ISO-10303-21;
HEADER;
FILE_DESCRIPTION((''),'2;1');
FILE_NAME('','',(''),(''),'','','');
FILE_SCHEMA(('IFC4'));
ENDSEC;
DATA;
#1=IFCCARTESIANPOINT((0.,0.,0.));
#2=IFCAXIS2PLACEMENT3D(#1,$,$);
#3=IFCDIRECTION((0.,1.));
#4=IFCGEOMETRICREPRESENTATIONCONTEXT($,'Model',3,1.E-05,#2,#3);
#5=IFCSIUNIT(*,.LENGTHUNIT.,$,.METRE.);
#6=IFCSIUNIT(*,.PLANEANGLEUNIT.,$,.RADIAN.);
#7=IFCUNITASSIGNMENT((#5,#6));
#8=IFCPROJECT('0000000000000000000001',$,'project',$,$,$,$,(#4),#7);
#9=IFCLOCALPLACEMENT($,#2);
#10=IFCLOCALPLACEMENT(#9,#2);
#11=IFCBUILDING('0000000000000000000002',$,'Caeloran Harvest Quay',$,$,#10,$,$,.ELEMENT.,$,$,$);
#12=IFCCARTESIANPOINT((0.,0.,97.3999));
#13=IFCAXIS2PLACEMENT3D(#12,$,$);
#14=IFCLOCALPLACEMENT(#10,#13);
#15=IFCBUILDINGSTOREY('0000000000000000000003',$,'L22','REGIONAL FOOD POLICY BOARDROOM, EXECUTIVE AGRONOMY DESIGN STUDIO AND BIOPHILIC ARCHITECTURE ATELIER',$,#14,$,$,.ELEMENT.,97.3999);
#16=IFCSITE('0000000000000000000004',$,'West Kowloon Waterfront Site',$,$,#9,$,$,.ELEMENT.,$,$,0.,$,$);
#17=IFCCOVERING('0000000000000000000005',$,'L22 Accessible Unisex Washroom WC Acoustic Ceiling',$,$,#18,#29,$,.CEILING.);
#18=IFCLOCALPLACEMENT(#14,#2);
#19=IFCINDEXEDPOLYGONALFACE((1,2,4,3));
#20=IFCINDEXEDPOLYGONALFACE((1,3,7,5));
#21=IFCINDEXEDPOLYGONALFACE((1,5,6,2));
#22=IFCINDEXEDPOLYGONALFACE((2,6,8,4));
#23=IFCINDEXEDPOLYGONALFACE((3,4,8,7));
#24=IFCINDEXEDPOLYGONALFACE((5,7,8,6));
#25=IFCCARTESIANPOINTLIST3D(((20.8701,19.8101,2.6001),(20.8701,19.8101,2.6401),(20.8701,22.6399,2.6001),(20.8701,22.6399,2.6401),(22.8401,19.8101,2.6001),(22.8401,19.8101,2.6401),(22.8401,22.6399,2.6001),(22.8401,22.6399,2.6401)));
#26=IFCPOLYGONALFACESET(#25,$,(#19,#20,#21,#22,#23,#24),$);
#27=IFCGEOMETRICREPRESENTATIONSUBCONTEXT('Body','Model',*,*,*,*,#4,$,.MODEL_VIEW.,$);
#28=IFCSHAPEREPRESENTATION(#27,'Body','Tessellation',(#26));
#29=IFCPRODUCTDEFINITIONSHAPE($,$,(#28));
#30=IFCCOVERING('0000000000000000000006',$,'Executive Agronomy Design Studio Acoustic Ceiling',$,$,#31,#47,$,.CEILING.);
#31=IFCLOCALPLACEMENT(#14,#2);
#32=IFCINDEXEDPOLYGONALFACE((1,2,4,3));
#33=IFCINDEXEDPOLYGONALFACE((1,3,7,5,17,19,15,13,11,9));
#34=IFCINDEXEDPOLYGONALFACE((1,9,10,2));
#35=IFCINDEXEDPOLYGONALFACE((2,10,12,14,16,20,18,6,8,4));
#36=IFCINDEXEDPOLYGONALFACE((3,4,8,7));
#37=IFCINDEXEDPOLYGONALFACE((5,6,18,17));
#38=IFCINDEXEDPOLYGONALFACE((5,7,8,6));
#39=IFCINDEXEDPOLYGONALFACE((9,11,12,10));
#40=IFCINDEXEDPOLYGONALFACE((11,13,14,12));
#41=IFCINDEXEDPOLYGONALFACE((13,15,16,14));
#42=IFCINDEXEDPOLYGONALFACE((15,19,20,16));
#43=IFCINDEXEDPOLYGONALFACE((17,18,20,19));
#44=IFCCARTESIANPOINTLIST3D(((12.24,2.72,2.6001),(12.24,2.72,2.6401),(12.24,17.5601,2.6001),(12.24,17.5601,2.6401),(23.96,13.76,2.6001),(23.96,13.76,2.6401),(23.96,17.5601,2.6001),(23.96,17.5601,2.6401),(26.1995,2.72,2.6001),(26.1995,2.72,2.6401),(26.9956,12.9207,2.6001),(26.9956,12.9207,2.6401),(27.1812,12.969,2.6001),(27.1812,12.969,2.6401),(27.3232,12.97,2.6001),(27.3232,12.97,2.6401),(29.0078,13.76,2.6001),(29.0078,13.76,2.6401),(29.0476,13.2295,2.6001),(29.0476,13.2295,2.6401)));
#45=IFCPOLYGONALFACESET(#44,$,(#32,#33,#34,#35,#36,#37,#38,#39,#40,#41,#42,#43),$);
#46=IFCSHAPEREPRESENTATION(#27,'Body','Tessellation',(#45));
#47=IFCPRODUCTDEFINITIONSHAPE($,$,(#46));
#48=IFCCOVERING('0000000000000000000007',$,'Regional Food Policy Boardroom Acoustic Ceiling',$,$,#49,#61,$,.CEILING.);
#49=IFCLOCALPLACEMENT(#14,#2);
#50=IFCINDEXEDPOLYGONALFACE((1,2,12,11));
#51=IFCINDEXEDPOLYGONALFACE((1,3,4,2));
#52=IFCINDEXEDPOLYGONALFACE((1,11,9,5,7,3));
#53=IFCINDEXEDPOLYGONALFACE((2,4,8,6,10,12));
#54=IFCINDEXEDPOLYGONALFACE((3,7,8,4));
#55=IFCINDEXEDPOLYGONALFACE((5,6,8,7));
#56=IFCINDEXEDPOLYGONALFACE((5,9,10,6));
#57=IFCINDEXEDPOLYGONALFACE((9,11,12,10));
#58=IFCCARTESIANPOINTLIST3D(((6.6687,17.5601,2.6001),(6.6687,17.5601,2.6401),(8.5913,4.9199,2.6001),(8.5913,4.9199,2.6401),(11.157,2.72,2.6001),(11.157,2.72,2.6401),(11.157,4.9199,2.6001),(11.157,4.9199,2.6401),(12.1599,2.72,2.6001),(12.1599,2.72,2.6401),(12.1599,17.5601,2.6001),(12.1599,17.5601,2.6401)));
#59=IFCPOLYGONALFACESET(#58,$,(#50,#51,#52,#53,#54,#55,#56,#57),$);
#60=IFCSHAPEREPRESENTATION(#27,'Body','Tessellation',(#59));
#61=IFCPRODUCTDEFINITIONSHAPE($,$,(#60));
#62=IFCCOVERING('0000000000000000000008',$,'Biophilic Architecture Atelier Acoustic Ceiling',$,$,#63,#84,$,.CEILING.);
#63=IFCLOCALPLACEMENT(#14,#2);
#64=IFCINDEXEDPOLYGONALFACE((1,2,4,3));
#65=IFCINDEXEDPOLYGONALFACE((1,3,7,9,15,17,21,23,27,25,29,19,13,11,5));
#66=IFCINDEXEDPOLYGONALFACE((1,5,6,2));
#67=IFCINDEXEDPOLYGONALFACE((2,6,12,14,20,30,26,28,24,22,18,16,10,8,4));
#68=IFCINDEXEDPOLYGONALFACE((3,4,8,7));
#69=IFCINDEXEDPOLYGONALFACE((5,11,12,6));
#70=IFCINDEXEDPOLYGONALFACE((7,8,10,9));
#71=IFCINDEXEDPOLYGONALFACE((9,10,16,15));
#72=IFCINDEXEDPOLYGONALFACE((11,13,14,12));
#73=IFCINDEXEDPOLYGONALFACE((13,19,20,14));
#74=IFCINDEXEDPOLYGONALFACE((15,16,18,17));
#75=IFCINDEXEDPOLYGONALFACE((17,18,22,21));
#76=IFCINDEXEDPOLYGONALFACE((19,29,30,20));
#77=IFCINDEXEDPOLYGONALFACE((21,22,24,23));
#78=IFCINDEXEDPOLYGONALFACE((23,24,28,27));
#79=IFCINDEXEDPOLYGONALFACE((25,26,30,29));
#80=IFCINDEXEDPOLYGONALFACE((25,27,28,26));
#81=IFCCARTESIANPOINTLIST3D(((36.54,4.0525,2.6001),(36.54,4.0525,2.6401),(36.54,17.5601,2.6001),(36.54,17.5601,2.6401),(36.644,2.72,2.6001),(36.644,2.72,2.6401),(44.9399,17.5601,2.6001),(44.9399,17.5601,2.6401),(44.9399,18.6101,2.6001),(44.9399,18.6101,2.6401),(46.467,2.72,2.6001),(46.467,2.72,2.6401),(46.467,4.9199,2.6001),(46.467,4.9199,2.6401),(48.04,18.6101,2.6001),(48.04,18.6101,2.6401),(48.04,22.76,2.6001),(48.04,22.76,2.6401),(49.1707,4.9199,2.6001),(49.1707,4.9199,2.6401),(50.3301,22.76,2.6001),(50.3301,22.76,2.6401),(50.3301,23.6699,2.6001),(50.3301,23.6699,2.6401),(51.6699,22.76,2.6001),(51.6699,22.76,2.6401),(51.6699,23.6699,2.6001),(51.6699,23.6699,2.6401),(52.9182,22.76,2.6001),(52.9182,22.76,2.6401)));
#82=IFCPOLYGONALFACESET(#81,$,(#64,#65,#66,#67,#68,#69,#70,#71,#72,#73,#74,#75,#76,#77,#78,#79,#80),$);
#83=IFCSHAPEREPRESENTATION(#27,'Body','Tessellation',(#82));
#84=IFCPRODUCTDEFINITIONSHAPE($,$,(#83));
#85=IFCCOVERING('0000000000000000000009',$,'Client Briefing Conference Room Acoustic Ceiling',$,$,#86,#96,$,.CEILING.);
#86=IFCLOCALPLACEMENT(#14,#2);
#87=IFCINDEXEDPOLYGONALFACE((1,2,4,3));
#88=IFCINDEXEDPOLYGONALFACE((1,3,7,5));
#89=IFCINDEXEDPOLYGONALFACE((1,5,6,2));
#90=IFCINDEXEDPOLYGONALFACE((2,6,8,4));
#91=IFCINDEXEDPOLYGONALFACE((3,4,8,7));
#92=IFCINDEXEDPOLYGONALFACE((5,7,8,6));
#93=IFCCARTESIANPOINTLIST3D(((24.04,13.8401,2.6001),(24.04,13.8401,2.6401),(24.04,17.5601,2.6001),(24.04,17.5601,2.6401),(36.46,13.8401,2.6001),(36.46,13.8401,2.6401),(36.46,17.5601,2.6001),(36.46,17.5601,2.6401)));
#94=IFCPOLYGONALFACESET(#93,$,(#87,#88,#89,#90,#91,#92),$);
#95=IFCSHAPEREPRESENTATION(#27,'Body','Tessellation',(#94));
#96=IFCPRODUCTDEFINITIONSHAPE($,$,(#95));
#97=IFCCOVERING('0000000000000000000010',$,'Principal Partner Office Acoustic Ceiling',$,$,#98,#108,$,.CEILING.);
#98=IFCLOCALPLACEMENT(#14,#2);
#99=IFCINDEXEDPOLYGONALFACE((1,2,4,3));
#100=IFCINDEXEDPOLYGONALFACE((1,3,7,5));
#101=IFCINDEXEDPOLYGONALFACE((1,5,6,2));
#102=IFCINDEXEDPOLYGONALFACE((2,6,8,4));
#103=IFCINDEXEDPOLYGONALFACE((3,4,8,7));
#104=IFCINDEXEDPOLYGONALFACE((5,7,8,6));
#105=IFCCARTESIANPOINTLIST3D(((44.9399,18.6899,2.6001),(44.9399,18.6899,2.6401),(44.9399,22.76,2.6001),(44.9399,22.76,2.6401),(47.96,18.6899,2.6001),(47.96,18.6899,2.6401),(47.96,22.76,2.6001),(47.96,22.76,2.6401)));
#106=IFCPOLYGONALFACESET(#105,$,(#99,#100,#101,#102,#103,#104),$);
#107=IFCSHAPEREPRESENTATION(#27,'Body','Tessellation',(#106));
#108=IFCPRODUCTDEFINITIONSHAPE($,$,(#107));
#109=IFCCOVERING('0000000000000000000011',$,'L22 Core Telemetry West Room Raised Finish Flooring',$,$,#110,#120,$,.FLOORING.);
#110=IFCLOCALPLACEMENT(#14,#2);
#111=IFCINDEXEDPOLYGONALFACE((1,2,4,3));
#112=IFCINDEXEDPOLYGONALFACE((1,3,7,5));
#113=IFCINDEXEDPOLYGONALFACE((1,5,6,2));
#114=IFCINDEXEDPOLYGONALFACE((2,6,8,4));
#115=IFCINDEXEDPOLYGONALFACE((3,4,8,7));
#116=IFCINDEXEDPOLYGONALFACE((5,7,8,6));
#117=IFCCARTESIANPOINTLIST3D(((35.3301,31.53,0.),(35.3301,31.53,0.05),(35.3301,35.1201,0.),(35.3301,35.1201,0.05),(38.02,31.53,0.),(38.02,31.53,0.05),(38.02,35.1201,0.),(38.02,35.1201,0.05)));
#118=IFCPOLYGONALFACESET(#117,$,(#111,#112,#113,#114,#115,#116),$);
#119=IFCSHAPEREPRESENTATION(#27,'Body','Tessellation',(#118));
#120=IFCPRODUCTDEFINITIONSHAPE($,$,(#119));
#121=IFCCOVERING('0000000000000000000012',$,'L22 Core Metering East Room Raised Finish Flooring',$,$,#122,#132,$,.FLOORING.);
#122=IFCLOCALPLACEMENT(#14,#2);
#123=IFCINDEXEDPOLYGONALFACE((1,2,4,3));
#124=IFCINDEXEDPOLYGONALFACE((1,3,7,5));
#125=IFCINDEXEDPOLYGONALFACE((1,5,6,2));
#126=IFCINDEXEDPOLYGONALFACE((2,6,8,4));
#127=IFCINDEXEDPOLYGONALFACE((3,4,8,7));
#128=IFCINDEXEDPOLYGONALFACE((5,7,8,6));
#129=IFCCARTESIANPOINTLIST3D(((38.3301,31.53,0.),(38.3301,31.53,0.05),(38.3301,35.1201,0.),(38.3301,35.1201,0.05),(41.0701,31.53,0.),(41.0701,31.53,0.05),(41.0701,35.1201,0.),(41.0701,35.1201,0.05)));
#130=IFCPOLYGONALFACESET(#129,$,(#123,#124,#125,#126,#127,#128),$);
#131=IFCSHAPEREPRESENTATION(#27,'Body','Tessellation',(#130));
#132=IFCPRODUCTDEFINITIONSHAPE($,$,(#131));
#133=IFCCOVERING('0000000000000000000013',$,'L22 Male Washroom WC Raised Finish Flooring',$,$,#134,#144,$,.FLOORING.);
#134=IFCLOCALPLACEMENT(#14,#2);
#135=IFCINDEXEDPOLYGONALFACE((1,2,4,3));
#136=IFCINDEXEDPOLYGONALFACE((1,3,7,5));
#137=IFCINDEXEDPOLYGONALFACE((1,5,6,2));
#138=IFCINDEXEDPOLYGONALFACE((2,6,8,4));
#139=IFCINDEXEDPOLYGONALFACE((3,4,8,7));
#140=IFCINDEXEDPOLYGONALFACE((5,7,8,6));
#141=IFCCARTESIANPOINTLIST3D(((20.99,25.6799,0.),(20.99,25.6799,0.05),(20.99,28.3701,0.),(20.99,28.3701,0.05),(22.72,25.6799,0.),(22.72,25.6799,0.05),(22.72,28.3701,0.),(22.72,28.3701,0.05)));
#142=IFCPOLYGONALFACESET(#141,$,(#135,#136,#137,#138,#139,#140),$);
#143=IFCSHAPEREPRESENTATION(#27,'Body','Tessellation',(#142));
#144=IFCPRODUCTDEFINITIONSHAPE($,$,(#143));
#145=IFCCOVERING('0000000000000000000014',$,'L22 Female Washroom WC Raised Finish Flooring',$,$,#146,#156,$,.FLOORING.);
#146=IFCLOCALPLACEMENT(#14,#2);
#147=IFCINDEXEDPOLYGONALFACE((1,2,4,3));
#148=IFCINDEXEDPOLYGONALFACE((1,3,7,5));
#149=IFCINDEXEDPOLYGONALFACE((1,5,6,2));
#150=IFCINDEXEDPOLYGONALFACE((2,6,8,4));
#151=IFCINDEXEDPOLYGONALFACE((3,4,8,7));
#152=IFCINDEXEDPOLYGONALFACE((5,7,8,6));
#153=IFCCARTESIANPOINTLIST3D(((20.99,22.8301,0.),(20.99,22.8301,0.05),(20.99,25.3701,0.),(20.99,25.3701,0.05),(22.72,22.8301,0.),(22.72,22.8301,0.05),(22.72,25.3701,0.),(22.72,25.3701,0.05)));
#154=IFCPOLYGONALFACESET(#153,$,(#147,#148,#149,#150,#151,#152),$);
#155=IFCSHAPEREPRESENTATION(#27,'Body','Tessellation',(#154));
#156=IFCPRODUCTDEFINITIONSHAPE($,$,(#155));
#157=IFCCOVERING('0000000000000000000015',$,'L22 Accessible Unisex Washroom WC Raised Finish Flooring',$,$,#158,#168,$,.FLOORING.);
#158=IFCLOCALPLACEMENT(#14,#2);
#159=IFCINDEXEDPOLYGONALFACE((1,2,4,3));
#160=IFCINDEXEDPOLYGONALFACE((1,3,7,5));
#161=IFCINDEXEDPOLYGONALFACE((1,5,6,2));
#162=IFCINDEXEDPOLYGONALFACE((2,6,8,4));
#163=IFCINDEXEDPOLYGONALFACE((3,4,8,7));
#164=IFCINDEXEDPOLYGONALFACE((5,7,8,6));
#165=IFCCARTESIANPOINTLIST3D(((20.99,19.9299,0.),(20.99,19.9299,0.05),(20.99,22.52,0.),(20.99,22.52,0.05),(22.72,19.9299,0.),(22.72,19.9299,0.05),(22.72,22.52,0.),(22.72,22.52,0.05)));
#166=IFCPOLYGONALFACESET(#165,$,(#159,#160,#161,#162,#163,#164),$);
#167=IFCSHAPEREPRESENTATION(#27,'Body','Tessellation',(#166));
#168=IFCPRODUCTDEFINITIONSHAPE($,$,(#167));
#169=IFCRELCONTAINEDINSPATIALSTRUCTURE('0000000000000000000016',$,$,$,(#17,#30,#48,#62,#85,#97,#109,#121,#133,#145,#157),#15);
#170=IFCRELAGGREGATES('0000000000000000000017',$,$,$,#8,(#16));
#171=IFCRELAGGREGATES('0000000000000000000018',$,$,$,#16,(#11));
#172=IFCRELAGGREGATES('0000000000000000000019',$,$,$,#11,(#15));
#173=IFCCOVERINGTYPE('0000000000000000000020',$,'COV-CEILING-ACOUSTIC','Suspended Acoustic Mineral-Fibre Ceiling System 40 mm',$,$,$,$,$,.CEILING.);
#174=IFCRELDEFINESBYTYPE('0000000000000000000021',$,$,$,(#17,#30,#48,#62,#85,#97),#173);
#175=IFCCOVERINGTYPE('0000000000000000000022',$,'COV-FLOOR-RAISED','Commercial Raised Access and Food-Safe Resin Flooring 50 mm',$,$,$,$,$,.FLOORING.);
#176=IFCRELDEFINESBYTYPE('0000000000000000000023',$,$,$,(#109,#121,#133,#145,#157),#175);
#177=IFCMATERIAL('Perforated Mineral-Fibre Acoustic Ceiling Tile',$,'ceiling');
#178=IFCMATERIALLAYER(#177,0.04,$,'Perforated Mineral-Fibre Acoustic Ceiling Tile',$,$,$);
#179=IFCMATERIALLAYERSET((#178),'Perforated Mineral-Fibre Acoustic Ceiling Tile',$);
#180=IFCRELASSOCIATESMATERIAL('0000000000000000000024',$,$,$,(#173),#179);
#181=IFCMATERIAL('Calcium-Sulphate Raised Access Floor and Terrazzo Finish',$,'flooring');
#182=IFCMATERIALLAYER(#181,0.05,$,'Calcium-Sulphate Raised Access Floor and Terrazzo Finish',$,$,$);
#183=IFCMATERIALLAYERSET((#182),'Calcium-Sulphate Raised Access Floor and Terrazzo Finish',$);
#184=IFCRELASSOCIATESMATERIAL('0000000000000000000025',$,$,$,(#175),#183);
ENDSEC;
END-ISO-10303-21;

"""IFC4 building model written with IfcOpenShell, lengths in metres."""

from ifc_helpers import new_model, si_unit, direction, frame, origin, place, context, subcontext, project, spatial, polyline, outline, extrude, material, layer, layer_set, type_object, element, save


model = new_model("IFC4")

# Units and contexts
model_context = context("Model", 3, precision=1e-05, world=origin(), true_north=direction((0.0, 1.0)))
body_context = subcontext(model_context, "Body", "Model", "MODEL_VIEW")
ifc_project = project(units=[si_unit("LENGTHUNIT", "METRE"), si_unit("PLANEANGLEUNIT", "RADIAN")], contexts=[model_context])

# Site, building, storey
site_placement = place(None, origin())
site = spatial("IfcSite", under=ifc_project, at=site_placement, Name="West Kowloon Waterfront Site", CompositionType="ELEMENT", RefElevation=0.0)
building_placement = place(site_placement, origin())
building = spatial("IfcBuilding", under=site, at=building_placement, Name="Caeloran Harvest Quay", CompositionType="ELEMENT")
storey_placement = place(building_placement, frame((0.0, 0.0, 97.3999)))
storey = spatial("IfcBuildingStorey", under=building, at=storey_placement, Name="L22", Description="REGIONAL FOOD POLICY BOARDROOM, EXECUTIVE AGRONOMY DESIGN STUDIO AND BIOPHILIC ARCHITECTURE ATELIER", CompositionType="ELEMENT", Elevation=97.3999)

# Coverings
ifc_material_1 = material(Name="Perforated Mineral-Fibre Acoustic Ceiling Tile", Category="ceiling")
ifc_layer_1 = layer(ifc_material_1, 0.04, Name="Perforated Mineral-Fibre Acoustic Ceiling Tile")
ifc_layer_set_1 = layer_set([ifc_layer_1], Name="Perforated Mineral-Fibre Acoustic Ceiling Tile")
covering_type_1 = type_object("IfcCoveringType", Name="COV-CEILING-ACOUSTIC", Description="Suspended Acoustic Mineral-Fibre Ceiling System 40 mm", PredefinedType="CEILING", material=ifc_layer_set_1)
covering_1_placement = place(storey_placement, frame((0.0, 0.0, 2.6001)))
element("IfcCovering", 1, at=covering_1_placement, inside=storey, type_object=covering_type_1, Name="L22 Accessible Unisex Washroom WC Acoustic Ceiling", PredefinedType="CEILING", context=body_context, shape_type="SweptSolid", body=[
    extrude(outline(polyline([(22.8401, 19.8101), (20.8701, 19.8101), (20.8701, 22.6399), (22.8401, 22.6399), (22.8401, 19.8101)])), origin(), (0.0, 0.0, 1.0), 0.04),
])
covering_2_placement = place(storey_placement, frame((0.0, 0.0, 2.6001)))
element("IfcCovering", 2, at=covering_2_placement, inside=storey, type_object=covering_type_1, Name="Executive Agronomy Design Studio Acoustic Ceiling", PredefinedType="CEILING", context=body_context, shape_type="SweptSolid", body=[
    extrude(outline(polyline([(29.0078, 13.76), (29.0476, 13.2295), (27.3232, 12.97), (27.1812, 12.969), (26.9956, 12.9207), (26.1995, 2.72), (12.24, 2.72), (12.24, 17.5601), (23.96, 17.5601), (23.96, 13.76), (29.0078, 13.76)])), origin(), (0.0, 0.0, 1.0), 0.04),
])
covering_3_placement = place(storey_placement, frame((0.0, 0.0, 2.6001)))
element("IfcCovering", 3, at=covering_3_placement, inside=storey, type_object=covering_type_1, Name="Regional Food Policy Boardroom Acoustic Ceiling", PredefinedType="CEILING", context=body_context, shape_type="SweptSolid", body=[
    extrude(outline(polyline([(12.1599, 2.72), (11.157, 2.72), (11.157, 4.9199), (8.5913, 4.9199), (6.6687, 17.5601), (12.1599, 17.5601), (12.1599, 2.72)])), origin(), (0.0, 0.0, 1.0), 0.04),
])
covering_4_placement = place(storey_placement, frame((0.0, 0.0, 2.6001)))
element("IfcCovering", 4, at=covering_4_placement, inside=storey, type_object=covering_type_1, Name="Biophilic Architecture Atelier Acoustic Ceiling", PredefinedType="CEILING", context=body_context, shape_type="SweptSolid", body=[
    extrude(outline(polyline([(44.9399, 17.5601), (44.9399, 18.6101), (48.04, 18.6101), (48.04, 22.76), (50.3301, 22.76), (50.3301, 23.6699), (51.6699, 23.6699), (51.6699, 22.76), (52.9182, 22.76), (49.1707, 4.9199), (46.467, 4.9199), (46.467, 2.72), (36.644, 2.72), (36.54, 4.0525), (36.54, 17.5601), (44.9399, 17.5601)])), origin(), (0.0, 0.0, 1.0), 0.04),
])
covering_5_placement = place(storey_placement, frame((0.0, 0.0, 2.6001)))
element("IfcCovering", 5, at=covering_5_placement, inside=storey, type_object=covering_type_1, Name="Client Briefing Conference Room Acoustic Ceiling", PredefinedType="CEILING", context=body_context, shape_type="SweptSolid", body=[
    extrude(outline(polyline([(36.46, 13.8401), (24.04, 13.8401), (24.04, 17.5601), (36.46, 17.5601), (36.46, 13.8401)])), origin(), (0.0, 0.0, 1.0), 0.04),
])
covering_6_placement = place(storey_placement, frame((0.0, 0.0, 2.6001)))
element("IfcCovering", 6, at=covering_6_placement, inside=storey, type_object=covering_type_1, Name="Principal Partner Office Acoustic Ceiling", PredefinedType="CEILING", context=body_context, shape_type="SweptSolid", body=[
    extrude(outline(polyline([(44.9399, 18.6899), (44.9399, 22.76), (47.96, 22.76), (47.96, 18.6899), (44.9399, 18.6899)])), origin(), (0.0, 0.0, 1.0), 0.04),
])
ifc_material_2 = material(Name="Calcium-Sulphate Raised Access Floor and Terrazzo Finish", Category="flooring")
ifc_layer_2 = layer(ifc_material_2, 0.05, Name="Calcium-Sulphate Raised Access Floor and Terrazzo Finish")
ifc_layer_set_2 = layer_set([ifc_layer_2], Name="Calcium-Sulphate Raised Access Floor and Terrazzo Finish")
covering_type_2 = type_object("IfcCoveringType", Name="COV-FLOOR-RAISED", Description="Commercial Raised Access and Food-Safe Resin Flooring 50 mm", PredefinedType="FLOORING", material=ifc_layer_set_2)
covering_7_placement = place(storey_placement, origin())
element("IfcCovering", 7, at=covering_7_placement, inside=storey, type_object=covering_type_2, Name="L22 Core Telemetry West Room Raised Finish Flooring", PredefinedType="FLOORING", context=body_context, shape_type="SweptSolid", body=[
    extrude(outline(polyline([(38.02, 35.1201), (38.02, 31.53), (35.3301, 31.53), (35.3301, 35.1201), (38.02, 35.1201)])), origin(), (0.0, 0.0, 1.0), 0.05),
])
covering_8_placement = place(storey_placement, origin())
element("IfcCovering", 8, at=covering_8_placement, inside=storey, type_object=covering_type_2, Name="L22 Core Metering East Room Raised Finish Flooring", PredefinedType="FLOORING", context=body_context, shape_type="SweptSolid", body=[
    extrude(outline(polyline([(41.0701, 35.1201), (41.0701, 31.53), (38.3301, 31.53), (38.3301, 35.1201), (41.0701, 35.1201)])), origin(), (0.0, 0.0, 1.0), 0.05),
])
covering_9_placement = place(storey_placement, origin())
element("IfcCovering", 9, at=covering_9_placement, inside=storey, type_object=covering_type_2, Name="L22 Male Washroom WC Raised Finish Flooring", PredefinedType="FLOORING", context=body_context, shape_type="SweptSolid", body=[
    extrude(outline(polyline([(22.72, 25.6799), (20.99, 25.6799), (20.99, 28.3701), (22.72, 28.3701), (22.72, 25.6799)])), origin(), (0.0, 0.0, 1.0), 0.05),
])
covering_10_placement = place(storey_placement, origin())
element("IfcCovering", 10, at=covering_10_placement, inside=storey, type_object=covering_type_2, Name="L22 Female Washroom WC Raised Finish Flooring", PredefinedType="FLOORING", context=body_context, shape_type="SweptSolid", body=[
    extrude(outline(polyline([(22.72, 22.8301), (20.99, 22.8301), (20.99, 25.3701), (22.72, 25.3701), (22.72, 22.8301)])), origin(), (0.0, 0.0, 1.0), 0.05),
])
covering_11_placement = place(storey_placement, origin())
element("IfcCovering", 11, at=covering_11_placement, inside=storey, type_object=covering_type_2, Name="L22 Accessible Unisex Washroom WC Raised Finish Flooring", PredefinedType="FLOORING", context=body_context, shape_type="SweptSolid", body=[
    extrude(outline(polyline([(22.72, 19.9299), (20.99, 19.9299), (20.99, 22.52), (22.72, 22.52), (22.72, 19.9299)])), origin(), (0.0, 0.0, 1.0), 0.05),
])

save(model, "model.ifc")
